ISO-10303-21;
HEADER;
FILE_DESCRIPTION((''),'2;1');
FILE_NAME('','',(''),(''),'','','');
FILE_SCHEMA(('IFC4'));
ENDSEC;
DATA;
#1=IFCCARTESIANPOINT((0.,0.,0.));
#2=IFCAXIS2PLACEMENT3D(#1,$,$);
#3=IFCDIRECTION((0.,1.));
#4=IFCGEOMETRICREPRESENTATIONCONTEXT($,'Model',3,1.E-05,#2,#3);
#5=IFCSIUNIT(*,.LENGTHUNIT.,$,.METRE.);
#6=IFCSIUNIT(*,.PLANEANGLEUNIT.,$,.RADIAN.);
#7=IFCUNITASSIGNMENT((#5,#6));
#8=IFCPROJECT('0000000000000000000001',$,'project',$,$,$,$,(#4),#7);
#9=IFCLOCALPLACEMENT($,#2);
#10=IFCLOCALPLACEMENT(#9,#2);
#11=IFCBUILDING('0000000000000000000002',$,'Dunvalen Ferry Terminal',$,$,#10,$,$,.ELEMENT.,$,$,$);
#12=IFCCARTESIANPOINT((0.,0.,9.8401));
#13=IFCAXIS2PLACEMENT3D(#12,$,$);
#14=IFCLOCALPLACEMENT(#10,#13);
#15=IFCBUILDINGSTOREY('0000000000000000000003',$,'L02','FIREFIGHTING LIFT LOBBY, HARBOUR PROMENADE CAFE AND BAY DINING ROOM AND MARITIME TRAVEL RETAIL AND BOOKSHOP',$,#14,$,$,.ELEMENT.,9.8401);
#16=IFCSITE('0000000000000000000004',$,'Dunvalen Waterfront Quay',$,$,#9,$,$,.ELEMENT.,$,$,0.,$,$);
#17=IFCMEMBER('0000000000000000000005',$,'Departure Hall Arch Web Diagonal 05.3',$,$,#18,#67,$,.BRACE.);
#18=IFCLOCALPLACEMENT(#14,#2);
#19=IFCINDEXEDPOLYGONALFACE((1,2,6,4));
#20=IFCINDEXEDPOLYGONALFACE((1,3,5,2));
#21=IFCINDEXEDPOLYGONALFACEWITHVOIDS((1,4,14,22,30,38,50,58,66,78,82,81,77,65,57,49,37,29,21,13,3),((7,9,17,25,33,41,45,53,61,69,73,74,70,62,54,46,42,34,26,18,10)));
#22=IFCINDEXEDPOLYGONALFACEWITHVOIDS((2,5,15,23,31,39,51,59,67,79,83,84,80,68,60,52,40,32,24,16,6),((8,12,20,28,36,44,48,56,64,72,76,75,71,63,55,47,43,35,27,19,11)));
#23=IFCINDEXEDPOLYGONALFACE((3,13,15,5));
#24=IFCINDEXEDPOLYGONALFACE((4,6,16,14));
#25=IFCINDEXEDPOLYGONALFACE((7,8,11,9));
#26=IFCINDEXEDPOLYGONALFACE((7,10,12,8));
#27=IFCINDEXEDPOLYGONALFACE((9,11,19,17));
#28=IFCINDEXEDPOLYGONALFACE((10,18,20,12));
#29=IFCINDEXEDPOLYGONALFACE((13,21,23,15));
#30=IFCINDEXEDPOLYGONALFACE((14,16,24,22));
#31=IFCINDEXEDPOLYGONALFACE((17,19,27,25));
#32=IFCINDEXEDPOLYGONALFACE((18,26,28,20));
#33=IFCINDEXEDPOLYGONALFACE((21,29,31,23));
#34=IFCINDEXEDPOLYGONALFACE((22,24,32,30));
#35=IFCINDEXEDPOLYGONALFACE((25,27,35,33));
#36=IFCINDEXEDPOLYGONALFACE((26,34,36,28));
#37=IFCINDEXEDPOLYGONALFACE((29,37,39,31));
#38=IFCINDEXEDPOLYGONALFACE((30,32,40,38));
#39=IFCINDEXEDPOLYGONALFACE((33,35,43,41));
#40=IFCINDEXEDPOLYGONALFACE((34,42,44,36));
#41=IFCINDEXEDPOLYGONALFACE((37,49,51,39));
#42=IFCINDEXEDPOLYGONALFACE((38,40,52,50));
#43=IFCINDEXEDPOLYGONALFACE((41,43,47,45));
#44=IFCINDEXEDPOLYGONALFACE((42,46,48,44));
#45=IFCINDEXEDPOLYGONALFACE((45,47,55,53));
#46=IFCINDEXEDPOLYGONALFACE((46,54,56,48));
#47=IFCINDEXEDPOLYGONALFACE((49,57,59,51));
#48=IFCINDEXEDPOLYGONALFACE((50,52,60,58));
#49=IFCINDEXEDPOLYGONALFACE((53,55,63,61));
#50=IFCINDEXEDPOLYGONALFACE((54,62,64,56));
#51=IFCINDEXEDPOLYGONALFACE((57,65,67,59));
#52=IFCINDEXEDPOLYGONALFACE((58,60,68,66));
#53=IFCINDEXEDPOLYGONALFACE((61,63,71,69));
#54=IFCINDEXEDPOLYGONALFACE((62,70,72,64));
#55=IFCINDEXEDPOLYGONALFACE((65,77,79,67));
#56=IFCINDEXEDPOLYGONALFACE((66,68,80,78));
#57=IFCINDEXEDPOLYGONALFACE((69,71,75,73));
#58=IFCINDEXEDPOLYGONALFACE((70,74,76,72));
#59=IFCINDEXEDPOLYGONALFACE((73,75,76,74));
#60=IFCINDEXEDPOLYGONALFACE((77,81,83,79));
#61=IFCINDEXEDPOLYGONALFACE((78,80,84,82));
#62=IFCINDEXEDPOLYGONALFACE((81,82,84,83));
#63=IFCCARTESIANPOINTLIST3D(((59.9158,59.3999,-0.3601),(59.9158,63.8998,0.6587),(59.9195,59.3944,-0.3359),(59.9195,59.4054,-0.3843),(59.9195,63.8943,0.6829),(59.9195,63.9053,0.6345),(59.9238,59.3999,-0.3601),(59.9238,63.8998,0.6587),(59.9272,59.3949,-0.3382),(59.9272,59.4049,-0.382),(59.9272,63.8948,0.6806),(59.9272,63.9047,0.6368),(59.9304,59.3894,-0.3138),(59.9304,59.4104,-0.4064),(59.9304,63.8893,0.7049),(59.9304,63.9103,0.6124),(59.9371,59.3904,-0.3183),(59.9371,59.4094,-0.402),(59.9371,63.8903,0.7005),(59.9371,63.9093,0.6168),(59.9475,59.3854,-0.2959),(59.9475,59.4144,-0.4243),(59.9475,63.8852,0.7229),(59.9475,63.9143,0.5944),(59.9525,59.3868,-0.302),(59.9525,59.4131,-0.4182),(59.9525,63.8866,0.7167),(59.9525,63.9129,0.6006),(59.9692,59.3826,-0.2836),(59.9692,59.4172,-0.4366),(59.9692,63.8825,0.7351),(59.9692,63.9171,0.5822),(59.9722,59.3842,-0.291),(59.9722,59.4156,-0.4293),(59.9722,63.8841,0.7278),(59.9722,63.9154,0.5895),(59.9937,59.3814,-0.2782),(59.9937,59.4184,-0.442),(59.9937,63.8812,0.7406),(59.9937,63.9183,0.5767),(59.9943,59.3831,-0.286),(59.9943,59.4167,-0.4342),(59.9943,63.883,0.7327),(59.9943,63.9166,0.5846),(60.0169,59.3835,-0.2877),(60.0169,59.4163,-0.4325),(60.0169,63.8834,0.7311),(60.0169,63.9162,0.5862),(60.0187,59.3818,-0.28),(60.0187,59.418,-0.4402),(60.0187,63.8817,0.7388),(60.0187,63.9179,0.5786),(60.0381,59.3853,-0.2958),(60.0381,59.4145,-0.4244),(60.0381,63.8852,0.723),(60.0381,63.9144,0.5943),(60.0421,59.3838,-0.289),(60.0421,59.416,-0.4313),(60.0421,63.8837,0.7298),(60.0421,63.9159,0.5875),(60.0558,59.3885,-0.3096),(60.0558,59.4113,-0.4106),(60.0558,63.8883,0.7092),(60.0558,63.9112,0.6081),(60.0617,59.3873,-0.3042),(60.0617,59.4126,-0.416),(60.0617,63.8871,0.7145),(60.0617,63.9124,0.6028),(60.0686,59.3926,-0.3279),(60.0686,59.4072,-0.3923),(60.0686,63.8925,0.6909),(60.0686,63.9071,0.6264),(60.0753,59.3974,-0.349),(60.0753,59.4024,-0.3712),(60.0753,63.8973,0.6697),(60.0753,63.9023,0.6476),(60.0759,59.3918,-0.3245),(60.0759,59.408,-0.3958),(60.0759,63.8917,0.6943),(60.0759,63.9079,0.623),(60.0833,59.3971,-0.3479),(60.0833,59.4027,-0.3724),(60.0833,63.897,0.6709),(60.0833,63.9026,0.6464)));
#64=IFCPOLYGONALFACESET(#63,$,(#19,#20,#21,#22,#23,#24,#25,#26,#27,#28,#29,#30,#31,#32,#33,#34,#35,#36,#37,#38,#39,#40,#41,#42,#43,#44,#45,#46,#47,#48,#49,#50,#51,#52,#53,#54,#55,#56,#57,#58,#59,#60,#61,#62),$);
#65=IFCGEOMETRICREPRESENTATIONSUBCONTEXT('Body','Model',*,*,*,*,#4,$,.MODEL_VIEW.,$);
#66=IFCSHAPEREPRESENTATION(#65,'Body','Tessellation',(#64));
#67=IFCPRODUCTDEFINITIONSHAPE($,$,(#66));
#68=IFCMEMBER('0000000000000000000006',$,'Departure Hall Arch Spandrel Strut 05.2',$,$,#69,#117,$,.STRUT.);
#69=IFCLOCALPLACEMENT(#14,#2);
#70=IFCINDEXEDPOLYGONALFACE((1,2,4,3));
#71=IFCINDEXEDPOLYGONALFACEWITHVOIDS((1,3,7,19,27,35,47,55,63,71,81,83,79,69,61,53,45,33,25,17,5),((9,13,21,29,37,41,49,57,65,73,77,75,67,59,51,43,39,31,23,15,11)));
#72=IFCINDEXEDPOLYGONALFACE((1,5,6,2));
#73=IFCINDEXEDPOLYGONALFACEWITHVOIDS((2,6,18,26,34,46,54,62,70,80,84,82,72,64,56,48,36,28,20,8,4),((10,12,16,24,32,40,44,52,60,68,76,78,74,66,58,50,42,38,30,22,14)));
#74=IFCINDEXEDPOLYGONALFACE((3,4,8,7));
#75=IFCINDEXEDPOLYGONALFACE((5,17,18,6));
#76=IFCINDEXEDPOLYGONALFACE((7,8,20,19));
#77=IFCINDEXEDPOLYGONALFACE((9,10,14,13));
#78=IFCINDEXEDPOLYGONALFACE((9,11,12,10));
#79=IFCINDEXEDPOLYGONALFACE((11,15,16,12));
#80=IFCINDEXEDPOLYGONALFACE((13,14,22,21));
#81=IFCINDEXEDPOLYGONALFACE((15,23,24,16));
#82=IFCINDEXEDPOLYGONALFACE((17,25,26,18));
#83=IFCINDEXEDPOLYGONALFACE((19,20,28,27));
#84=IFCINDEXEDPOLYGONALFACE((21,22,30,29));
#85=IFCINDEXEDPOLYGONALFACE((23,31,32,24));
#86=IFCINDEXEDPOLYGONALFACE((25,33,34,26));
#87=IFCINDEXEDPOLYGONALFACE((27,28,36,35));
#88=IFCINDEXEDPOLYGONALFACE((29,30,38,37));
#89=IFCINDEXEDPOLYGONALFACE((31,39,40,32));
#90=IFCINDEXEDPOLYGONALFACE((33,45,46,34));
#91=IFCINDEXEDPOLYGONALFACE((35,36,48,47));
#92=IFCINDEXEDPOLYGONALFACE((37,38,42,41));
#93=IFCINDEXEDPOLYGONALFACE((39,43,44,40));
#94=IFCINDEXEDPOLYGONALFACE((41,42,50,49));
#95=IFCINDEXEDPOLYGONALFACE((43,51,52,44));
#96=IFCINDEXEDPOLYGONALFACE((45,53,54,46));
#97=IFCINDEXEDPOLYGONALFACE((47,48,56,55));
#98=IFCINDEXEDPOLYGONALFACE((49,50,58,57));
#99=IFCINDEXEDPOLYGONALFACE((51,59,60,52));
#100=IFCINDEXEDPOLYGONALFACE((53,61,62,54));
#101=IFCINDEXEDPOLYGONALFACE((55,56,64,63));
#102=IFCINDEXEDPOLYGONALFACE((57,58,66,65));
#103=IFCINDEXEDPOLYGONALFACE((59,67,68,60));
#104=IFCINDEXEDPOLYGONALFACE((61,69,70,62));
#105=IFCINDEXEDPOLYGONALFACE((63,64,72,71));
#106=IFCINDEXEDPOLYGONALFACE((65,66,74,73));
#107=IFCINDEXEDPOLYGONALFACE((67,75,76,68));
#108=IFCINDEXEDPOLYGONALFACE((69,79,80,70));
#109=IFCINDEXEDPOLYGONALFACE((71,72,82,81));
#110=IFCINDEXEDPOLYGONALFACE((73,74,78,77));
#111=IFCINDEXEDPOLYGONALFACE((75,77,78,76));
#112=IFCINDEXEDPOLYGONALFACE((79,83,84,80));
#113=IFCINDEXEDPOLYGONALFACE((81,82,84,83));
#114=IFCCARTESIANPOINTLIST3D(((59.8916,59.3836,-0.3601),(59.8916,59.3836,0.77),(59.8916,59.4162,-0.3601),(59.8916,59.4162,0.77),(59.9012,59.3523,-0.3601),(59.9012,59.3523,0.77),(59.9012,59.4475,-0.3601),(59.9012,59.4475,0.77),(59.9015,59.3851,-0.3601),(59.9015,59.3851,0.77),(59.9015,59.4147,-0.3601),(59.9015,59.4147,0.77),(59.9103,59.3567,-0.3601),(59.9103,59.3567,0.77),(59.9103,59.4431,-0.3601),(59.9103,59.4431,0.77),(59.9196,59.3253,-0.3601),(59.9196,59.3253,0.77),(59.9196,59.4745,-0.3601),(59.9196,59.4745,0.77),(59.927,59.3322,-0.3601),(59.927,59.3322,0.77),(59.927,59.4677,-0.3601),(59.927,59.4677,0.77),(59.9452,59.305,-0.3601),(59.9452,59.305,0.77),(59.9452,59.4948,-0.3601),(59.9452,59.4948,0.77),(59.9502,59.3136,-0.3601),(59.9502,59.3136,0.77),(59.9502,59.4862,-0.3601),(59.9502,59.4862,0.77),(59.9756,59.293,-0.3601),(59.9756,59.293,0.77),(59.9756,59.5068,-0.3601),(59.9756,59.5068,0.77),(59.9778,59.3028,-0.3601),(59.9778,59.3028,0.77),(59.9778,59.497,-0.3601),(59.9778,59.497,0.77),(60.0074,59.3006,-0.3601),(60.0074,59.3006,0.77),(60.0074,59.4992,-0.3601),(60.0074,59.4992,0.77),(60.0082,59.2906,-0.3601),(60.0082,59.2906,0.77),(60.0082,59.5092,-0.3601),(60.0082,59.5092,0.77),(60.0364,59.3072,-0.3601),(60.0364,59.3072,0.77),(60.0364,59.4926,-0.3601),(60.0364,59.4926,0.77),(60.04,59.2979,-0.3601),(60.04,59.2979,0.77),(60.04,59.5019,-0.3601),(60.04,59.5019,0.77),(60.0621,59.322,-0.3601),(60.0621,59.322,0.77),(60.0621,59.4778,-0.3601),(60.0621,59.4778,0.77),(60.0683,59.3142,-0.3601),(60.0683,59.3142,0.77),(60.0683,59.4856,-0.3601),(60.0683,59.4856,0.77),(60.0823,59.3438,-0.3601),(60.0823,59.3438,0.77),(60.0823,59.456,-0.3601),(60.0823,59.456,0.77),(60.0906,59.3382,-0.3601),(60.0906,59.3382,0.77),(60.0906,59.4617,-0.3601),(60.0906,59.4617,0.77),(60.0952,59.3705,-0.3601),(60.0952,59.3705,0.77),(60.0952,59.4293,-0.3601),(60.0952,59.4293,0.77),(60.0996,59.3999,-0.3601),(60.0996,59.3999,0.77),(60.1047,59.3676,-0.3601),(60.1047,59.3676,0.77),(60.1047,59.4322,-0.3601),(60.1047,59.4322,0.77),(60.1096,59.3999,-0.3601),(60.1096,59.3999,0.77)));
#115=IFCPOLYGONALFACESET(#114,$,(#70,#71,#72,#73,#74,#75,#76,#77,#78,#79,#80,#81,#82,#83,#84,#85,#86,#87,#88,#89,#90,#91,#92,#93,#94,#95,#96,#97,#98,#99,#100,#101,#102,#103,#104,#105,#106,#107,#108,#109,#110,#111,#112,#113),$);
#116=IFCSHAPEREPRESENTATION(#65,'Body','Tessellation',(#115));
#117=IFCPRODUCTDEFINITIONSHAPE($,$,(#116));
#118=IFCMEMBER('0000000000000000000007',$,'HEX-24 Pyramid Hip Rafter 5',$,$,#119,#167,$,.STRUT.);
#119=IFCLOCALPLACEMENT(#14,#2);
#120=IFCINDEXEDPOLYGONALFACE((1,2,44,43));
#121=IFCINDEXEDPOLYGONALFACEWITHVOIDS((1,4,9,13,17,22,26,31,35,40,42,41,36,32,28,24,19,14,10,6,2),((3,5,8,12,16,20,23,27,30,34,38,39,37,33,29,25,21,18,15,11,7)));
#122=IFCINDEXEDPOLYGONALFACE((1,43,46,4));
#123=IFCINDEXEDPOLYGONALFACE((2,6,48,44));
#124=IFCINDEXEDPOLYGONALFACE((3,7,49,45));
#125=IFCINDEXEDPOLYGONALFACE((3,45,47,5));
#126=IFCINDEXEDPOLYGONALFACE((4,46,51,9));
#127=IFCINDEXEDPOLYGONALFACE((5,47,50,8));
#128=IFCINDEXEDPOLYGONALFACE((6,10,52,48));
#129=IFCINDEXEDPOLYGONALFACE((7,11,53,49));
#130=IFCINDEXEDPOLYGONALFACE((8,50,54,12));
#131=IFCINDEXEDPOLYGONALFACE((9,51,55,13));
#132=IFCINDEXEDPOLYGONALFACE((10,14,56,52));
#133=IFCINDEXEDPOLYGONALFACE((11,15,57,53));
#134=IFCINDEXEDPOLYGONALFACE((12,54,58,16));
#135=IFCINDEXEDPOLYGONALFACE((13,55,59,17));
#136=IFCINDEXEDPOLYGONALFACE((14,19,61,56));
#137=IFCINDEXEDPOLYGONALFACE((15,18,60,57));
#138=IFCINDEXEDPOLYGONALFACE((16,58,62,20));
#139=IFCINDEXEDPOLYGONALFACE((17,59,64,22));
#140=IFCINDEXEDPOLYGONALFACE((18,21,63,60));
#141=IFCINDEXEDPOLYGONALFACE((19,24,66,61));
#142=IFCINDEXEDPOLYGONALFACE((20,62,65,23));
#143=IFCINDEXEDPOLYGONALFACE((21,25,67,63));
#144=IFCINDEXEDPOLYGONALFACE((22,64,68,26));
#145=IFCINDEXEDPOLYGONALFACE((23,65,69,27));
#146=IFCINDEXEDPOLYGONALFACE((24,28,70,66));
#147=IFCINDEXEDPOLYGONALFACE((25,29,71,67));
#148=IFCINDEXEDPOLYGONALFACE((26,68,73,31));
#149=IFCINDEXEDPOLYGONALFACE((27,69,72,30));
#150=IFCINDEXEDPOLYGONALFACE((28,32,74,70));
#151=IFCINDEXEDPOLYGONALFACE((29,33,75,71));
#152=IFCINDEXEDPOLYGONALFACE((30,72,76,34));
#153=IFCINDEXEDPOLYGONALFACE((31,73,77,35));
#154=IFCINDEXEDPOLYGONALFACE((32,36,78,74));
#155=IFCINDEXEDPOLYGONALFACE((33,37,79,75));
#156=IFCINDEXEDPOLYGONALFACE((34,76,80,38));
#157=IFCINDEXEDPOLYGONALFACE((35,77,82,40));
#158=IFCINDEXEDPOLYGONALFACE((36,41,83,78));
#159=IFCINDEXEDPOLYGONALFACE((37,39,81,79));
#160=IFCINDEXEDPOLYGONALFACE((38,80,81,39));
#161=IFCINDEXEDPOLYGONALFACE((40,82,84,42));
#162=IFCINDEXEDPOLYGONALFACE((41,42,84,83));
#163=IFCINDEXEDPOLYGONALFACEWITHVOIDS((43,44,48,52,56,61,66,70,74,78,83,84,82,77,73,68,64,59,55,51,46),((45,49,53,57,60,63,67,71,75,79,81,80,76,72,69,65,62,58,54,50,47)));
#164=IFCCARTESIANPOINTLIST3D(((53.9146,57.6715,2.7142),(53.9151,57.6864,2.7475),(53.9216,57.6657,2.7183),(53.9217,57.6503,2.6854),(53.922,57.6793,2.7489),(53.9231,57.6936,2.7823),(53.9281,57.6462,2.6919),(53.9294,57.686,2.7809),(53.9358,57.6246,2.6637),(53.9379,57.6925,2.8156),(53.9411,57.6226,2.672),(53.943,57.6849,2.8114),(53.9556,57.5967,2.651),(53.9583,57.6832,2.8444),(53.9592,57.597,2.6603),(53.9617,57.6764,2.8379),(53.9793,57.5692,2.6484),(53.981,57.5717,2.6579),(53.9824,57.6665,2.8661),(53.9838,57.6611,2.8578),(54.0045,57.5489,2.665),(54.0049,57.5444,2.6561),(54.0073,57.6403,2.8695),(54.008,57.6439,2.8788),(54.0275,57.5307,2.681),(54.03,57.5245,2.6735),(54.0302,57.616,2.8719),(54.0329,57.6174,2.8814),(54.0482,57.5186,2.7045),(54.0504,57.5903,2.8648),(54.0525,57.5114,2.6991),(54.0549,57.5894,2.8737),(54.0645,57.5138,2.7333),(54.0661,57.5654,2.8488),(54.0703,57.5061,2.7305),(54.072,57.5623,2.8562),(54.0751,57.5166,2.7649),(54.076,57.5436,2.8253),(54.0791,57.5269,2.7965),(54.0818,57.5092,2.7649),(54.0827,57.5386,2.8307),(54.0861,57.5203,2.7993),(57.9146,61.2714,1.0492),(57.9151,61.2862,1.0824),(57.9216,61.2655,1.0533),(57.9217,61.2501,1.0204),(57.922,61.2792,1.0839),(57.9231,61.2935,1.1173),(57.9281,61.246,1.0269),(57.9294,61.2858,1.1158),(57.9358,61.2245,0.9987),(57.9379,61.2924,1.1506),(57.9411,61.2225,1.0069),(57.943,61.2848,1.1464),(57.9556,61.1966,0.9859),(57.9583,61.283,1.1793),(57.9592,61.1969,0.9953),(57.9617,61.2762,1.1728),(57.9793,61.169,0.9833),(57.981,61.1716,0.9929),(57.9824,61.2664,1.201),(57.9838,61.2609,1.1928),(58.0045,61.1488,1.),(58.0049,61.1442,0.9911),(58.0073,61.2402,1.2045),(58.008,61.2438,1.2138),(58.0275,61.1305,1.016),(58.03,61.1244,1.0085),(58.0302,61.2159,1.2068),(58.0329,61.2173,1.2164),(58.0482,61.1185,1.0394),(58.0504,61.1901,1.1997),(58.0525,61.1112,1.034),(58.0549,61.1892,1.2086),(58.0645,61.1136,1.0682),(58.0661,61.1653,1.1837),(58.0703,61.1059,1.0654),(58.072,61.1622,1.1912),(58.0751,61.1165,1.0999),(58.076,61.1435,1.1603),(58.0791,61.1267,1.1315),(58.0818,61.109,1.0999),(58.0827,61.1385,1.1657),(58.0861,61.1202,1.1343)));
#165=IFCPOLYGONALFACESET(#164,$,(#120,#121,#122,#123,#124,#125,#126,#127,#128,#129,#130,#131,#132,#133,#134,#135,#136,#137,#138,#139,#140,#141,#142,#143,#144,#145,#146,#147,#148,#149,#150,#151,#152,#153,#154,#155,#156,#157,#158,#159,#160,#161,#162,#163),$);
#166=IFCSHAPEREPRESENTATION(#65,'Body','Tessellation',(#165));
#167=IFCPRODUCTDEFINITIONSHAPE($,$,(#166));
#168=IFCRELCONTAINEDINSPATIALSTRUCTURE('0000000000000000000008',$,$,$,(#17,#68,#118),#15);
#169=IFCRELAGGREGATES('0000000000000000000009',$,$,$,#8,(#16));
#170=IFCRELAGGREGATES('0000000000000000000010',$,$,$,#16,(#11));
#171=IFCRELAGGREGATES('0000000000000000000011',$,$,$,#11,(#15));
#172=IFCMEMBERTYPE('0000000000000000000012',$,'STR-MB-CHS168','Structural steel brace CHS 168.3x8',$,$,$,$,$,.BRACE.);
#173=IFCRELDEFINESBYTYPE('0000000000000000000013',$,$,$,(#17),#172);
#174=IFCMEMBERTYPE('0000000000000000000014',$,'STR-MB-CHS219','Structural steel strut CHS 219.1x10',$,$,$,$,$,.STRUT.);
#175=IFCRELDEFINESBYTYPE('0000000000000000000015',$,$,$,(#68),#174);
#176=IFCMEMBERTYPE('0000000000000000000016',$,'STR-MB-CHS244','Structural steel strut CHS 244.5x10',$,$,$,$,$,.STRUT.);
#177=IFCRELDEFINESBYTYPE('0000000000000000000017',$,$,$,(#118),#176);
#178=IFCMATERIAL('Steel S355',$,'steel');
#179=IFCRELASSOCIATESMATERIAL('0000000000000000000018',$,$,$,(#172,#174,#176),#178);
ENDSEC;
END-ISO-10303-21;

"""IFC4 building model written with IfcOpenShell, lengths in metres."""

from ifc_helpers import new_model, si_unit, direction, frame, origin, origin_2d, place, context, subcontext, project, spatial, hollow_circle, extrude, material, material_profile, profile_set, type_object, element, save


model = new_model("IFC4")

# Units and contexts
model_context = context("Model", 3, precision=1e-05, world=origin(), true_north=direction((0.0, 1.0)))
body_context = subcontext(model_context, "Body", "Model", "MODEL_VIEW")
ifc_project = project(units=[si_unit("LENGTHUNIT", "METRE"), si_unit("PLANEANGLEUNIT", "RADIAN")], contexts=[model_context])

# Site, building, storey
site_placement = place(None, origin())
site = spatial("IfcSite", under=ifc_project, at=site_placement, Name="Dunvalen Waterfront Quay", CompositionType="ELEMENT", RefElevation=0.0)
building_placement = place(site_placement, origin())
building = spatial("IfcBuilding", under=site, at=building_placement, Name="Dunvalen Ferry Terminal", CompositionType="ELEMENT")
storey_placement = place(building_placement, frame((0.0, 0.0, 9.8401)))
storey = spatial("IfcBuildingStorey", under=building, at=storey_placement, Name="L02", Description="FIREFIGHTING LIFT LOBBY, HARBOUR PROMENADE CAFE AND BAY DINING ROOM AND MARITIME TRAVEL RETAIL AND BOOKSHOP", CompositionType="ELEMENT", Elevation=9.8401)

# Shared definitions
ifc_material_1 = material(Name="Steel S355", Category="steel")

# Members
ifc_material_profile_1 = material_profile(ifc_material_1, hollow_circle(Radius=0.0842, WallThickness=0.0081, at=origin_2d()), Name="Steel S355")
ifc_profile_set_1 = profile_set([ifc_material_profile_1], Name="Steel S355")
member_type_1 = type_object("IfcMemberType", Name="STR-MB-CHS168", Description="Structural steel brace CHS 168.3x8", PredefinedType="BRACE", material=ifc_profile_set_1)
member_1_placement = place(storey_placement, frame((60.0, 59.3999, -0.3601), z_axis=(0.0, 0.975317, 0.220811), x_axis=(-1.0, 0.0, 0.0)))
element("IfcMember", 1, at=member_1_placement, inside=storey, type_object=member_type_1, Name="Departure Hall Arch Web Diagonal 05.3", PredefinedType="BRACE", context=body_context, shape_type="SweptSolid", body=[
    extrude(hollow_circle(Radius=0.0842, WallThickness=0.0081, at=origin_2d()), origin(), (0.0, 0.0, 1.0), 4.6138),
])
ifc_material_profile_2 = material_profile(ifc_material_1, hollow_circle(Radius=0.1096, WallThickness=0.01, at=origin_2d()), Name="Steel S355")
ifc_profile_set_2 = profile_set([ifc_material_profile_2], Name="Steel S355")
member_type_2 = type_object("IfcMemberType", Name="STR-MB-CHS219", Description="Structural steel strut CHS 219.1x10", PredefinedType="STRUT", material=ifc_profile_set_2)
member_2_placement = place(storey_placement, frame((60.0, 59.3999, -0.3601), z_axis=(0.0, 0.0, 1.0), x_axis=(1.0, 0.0, 0.0)))
element("IfcMember", 2, at=member_2_placement, inside=storey, type_object=member_type_2, Name="Departure Hall Arch Spandrel Strut 05.2", PredefinedType="STRUT", context=body_context, shape_type="SweptSolid", body=[
    extrude(hollow_circle(Radius=0.1096, WallThickness=0.01, at=origin_2d()), origin(), (0.0, 0.0, 1.0), 1.1301),
])
ifc_material_profile_3 = material_profile(ifc_material_1, hollow_circle(Radius=0.1223, WallThickness=0.01, at=origin_2d()), Name="Steel S355")
ifc_profile_set_3 = profile_set([ifc_material_profile_3], Name="Steel S355")
member_type_3 = type_object("IfcMemberType", Name="STR-MB-CHS244", Description="Structural steel strut CHS 244.5x10", PredefinedType="STRUT", material=ifc_profile_set_3)
member_3_placement = place(storey_placement, frame((58.0, 61.2, 1.0999), z_axis=(-0.710094, -0.639059, 0.295584), x_axis=(0.66895, -0.743308, 0.0)))
element("IfcMember", 3, at=member_3_placement, inside=storey, type_object=member_type_3, Name="HEX-24 Pyramid Hip Rafter 5", PredefinedType="STRUT", context=body_context, shape_type="SweptSolid", body=[
    extrude(hollow_circle(Radius=0.1223, WallThickness=0.01, at=origin_2d()), origin(), (0.0, 0.0, 1.0), 5.6331),
])

save(model, "model.ifc")
